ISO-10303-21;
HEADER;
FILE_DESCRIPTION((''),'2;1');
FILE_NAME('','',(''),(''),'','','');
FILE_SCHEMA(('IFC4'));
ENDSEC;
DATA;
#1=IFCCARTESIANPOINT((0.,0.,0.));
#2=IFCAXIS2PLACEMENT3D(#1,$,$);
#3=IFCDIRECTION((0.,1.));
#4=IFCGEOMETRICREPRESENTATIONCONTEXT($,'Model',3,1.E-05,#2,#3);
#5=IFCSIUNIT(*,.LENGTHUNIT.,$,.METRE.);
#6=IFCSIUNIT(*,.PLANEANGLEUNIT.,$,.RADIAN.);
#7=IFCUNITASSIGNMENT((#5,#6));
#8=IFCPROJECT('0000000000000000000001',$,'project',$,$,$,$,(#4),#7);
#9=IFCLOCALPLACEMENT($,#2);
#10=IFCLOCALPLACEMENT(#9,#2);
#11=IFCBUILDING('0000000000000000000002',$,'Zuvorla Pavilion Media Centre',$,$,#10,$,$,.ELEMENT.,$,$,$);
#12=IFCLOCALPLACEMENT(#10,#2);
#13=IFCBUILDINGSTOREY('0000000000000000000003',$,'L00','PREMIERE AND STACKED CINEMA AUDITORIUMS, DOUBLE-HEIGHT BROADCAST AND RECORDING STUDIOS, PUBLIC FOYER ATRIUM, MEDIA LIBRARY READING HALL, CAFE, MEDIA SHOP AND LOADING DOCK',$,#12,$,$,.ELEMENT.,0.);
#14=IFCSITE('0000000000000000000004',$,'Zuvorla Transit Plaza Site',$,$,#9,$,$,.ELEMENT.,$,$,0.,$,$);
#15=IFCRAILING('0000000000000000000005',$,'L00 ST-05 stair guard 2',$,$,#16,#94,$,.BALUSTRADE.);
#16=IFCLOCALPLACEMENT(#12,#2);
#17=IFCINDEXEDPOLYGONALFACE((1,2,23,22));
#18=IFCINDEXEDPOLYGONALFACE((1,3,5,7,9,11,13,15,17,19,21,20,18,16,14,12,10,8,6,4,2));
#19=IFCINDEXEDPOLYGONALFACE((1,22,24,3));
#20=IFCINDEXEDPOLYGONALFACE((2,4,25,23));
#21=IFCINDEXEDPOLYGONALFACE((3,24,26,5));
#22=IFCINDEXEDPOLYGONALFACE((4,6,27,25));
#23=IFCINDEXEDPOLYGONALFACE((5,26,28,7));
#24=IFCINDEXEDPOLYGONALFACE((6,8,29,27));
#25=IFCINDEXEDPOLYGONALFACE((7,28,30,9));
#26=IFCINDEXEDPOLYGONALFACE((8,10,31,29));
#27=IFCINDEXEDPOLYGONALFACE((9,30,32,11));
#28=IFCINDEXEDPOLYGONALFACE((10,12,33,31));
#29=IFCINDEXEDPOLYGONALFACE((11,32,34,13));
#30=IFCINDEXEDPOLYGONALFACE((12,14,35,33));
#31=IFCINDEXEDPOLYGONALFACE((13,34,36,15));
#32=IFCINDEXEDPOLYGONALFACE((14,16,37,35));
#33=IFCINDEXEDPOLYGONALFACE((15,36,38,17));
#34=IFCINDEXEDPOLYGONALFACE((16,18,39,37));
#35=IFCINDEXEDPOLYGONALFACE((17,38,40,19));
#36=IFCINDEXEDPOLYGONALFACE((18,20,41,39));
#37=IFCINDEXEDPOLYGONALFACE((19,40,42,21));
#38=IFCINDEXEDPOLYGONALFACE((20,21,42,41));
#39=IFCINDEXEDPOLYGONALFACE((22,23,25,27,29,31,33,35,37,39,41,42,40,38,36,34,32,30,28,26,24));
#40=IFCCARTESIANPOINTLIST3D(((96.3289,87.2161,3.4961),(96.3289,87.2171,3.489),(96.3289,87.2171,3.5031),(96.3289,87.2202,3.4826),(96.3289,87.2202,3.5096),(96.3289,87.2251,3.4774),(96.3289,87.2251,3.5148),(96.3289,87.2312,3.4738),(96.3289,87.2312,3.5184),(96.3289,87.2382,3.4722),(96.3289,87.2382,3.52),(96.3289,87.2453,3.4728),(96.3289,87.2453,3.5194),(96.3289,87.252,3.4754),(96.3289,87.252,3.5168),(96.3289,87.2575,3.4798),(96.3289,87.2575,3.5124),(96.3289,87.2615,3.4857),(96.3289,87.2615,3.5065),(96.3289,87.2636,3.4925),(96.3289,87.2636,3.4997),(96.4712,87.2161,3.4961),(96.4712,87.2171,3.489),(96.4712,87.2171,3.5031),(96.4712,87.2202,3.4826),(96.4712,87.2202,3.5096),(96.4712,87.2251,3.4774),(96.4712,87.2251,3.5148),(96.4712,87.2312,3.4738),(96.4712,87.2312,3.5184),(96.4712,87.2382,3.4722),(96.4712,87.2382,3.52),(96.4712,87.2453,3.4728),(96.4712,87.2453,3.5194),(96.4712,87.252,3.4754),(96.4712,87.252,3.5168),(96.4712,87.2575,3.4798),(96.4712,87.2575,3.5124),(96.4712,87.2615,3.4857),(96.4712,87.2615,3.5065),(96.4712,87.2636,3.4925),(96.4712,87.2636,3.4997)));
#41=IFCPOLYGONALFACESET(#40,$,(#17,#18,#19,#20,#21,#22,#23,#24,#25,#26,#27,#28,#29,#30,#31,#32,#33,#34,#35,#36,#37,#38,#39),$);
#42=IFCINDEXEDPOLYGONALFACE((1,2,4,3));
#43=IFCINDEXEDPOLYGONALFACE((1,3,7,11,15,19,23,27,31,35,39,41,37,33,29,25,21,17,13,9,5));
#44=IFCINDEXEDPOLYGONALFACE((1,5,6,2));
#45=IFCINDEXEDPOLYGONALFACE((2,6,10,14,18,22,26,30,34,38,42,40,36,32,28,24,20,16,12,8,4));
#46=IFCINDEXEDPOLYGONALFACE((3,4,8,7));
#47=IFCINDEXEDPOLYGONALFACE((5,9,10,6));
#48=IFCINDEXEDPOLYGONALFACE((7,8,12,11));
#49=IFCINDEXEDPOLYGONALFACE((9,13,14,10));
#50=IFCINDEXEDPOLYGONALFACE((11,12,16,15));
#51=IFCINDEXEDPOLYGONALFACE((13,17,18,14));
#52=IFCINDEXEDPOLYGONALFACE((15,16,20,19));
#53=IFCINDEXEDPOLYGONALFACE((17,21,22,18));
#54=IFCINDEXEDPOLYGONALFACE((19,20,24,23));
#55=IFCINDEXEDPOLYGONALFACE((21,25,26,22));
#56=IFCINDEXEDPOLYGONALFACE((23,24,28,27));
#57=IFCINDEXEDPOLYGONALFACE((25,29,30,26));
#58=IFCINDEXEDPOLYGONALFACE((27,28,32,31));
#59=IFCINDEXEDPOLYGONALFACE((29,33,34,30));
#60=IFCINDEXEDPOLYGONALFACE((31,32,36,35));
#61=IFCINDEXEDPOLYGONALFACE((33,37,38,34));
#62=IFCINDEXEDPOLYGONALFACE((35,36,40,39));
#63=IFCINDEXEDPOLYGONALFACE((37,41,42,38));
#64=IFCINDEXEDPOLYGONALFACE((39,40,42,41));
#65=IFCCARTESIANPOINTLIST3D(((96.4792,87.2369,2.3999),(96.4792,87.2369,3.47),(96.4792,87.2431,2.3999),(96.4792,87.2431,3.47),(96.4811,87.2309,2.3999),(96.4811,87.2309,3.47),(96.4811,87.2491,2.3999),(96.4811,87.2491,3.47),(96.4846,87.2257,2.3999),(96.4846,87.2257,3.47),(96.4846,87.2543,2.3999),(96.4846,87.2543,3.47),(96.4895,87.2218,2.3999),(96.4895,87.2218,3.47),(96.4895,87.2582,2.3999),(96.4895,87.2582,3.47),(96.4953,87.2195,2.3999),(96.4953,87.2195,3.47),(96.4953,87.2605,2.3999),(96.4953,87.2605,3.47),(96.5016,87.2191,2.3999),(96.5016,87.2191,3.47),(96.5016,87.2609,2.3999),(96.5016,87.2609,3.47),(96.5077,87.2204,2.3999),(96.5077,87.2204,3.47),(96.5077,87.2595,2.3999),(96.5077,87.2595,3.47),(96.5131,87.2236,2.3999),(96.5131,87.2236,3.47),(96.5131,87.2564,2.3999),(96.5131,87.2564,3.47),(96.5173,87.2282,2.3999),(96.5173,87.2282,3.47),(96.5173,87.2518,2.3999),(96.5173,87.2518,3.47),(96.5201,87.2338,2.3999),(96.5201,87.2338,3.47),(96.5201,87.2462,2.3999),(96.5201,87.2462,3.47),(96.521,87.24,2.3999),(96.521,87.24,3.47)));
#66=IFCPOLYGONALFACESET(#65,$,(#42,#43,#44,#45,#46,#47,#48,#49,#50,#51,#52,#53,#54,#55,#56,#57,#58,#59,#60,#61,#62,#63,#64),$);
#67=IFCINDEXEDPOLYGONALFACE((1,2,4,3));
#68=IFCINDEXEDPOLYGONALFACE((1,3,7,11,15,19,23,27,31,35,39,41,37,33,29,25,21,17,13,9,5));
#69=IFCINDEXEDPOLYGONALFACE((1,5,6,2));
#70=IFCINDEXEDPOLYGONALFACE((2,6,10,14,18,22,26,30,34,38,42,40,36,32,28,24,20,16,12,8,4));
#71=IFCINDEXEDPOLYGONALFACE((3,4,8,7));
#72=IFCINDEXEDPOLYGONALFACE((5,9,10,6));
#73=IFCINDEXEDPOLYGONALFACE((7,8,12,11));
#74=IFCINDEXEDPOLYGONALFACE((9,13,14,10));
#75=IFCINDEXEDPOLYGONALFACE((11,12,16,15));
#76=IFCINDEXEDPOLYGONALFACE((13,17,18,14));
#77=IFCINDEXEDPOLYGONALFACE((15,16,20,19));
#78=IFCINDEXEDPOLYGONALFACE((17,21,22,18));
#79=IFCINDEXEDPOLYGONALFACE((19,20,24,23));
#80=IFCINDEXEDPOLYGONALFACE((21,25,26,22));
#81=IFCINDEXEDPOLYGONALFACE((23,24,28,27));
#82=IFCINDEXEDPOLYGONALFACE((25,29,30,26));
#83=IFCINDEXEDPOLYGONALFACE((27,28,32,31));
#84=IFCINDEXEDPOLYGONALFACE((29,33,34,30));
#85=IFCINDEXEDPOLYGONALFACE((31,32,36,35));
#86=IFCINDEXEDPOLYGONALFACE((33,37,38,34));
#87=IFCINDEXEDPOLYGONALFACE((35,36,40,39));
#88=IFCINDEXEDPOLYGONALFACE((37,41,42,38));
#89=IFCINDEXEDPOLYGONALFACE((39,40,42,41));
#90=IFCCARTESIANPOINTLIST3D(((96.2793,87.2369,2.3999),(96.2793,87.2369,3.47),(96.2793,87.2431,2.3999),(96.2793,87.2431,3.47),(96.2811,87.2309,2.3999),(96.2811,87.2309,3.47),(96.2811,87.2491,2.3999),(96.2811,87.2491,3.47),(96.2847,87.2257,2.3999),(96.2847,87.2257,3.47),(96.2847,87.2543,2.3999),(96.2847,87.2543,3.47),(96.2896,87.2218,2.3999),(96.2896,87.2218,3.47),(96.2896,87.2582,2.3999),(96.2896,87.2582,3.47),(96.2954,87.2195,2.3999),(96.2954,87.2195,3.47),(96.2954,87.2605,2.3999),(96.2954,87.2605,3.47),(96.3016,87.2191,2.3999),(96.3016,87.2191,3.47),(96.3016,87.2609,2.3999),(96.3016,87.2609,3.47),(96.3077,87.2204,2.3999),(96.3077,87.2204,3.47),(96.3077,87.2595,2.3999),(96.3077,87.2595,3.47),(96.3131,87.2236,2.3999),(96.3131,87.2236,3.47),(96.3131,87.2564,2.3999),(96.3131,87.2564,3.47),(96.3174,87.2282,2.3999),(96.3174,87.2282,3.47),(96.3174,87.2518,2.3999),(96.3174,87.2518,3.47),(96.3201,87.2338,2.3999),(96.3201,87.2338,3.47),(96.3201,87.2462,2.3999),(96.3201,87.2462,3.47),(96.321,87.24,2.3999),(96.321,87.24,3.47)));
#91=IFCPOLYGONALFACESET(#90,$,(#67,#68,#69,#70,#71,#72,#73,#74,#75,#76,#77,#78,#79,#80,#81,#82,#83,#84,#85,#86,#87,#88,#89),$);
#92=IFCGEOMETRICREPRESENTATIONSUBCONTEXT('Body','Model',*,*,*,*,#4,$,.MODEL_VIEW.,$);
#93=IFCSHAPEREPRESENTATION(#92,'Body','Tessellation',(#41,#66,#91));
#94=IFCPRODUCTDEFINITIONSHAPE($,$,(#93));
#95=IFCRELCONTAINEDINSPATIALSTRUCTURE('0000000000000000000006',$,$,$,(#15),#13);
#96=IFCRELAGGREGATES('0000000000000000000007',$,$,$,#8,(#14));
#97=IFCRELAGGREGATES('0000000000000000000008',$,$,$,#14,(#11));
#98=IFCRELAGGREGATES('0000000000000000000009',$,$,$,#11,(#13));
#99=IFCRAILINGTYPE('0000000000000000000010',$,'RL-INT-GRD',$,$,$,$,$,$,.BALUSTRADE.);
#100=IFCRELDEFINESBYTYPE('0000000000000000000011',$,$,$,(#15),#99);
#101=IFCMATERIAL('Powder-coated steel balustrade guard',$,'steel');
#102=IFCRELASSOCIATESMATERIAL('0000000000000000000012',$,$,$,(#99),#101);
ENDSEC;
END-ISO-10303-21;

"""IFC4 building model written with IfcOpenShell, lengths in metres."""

from ifc_helpers import new_model, si_unit, direction, frame, origin, origin_2d, place, context, subcontext, project, spatial, circle, extrude, material, type_object, element, save


model = new_model("IFC4")

# Units and contexts
model_context = context("Model", 3, precision=1e-05, world=origin(), true_north=direction((0.0, 1.0)))
body_context = subcontext(model_context, "Body", "Model", "MODEL_VIEW")
ifc_project = project(units=[si_unit("LENGTHUNIT", "METRE"), si_unit("PLANEANGLEUNIT", "RADIAN")], contexts=[model_context])

# Site, building, storey
site_placement = place(None, origin())
site = spatial("IfcSite", under=ifc_project, at=site_placement, Name="Zuvorla Transit Plaza Site", CompositionType="ELEMENT", RefElevation=0.0)
building_placement = place(site_placement, origin())
building = spatial("IfcBuilding", under=site, at=building_placement, Name="Zuvorla Pavilion Media Centre", CompositionType="ELEMENT")
storey_placement = place(building_placement, origin())
storey = spatial("IfcBuildingStorey", under=building, at=storey_placement, Name="L00", Description="PREMIERE AND STACKED CINEMA AUDITORIUMS, DOUBLE-HEIGHT BROADCAST AND RECORDING STUDIOS, PUBLIC FOYER ATRIUM, MEDIA LIBRARY READING HALL, CAFE, MEDIA SHOP AND LOADING DOCK", CompositionType="ELEMENT", Elevation=0.0)

# Railing
ifc_material_1 = material(Name="Powder-coated steel balustrade guard", Category="steel")
railing_type_1 = type_object("IfcRailingType", Name="RL-INT-GRD", PredefinedType="BALUSTRADE", material=ifc_material_1)
railing_1_placement = place(storey_placement, frame((96.5, 87.24, 2.3999)))
element("IfcRailing", 1, at=railing_1_placement, inside=storey, type_object=railing_type_1, Name="L00 ST-05 stair guard 2", PredefinedType="BALUSTRADE", context=body_context, shape_type="SweptSolid", body=[
    extrude(circle(Radius=0.0239, at=origin_2d()), frame((-0.0288, 0.0, 1.0962), z_axis=(-1.0, 0.0, 0.0), x_axis=(0.0, -1.0, 0.0)), (0.0, 0.0, 1.0), 0.1423),
    extrude(circle(Radius=0.021, at=origin_2d()), origin(), (0.0, 0.0, 1.0), 1.0701),
    extrude(circle(Radius=0.021, at=origin_2d()), frame((-0.2, 0.0, 0.0)), (0.0, 0.0, 1.0), 1.0701),
])

save(model, "model.ifc")
